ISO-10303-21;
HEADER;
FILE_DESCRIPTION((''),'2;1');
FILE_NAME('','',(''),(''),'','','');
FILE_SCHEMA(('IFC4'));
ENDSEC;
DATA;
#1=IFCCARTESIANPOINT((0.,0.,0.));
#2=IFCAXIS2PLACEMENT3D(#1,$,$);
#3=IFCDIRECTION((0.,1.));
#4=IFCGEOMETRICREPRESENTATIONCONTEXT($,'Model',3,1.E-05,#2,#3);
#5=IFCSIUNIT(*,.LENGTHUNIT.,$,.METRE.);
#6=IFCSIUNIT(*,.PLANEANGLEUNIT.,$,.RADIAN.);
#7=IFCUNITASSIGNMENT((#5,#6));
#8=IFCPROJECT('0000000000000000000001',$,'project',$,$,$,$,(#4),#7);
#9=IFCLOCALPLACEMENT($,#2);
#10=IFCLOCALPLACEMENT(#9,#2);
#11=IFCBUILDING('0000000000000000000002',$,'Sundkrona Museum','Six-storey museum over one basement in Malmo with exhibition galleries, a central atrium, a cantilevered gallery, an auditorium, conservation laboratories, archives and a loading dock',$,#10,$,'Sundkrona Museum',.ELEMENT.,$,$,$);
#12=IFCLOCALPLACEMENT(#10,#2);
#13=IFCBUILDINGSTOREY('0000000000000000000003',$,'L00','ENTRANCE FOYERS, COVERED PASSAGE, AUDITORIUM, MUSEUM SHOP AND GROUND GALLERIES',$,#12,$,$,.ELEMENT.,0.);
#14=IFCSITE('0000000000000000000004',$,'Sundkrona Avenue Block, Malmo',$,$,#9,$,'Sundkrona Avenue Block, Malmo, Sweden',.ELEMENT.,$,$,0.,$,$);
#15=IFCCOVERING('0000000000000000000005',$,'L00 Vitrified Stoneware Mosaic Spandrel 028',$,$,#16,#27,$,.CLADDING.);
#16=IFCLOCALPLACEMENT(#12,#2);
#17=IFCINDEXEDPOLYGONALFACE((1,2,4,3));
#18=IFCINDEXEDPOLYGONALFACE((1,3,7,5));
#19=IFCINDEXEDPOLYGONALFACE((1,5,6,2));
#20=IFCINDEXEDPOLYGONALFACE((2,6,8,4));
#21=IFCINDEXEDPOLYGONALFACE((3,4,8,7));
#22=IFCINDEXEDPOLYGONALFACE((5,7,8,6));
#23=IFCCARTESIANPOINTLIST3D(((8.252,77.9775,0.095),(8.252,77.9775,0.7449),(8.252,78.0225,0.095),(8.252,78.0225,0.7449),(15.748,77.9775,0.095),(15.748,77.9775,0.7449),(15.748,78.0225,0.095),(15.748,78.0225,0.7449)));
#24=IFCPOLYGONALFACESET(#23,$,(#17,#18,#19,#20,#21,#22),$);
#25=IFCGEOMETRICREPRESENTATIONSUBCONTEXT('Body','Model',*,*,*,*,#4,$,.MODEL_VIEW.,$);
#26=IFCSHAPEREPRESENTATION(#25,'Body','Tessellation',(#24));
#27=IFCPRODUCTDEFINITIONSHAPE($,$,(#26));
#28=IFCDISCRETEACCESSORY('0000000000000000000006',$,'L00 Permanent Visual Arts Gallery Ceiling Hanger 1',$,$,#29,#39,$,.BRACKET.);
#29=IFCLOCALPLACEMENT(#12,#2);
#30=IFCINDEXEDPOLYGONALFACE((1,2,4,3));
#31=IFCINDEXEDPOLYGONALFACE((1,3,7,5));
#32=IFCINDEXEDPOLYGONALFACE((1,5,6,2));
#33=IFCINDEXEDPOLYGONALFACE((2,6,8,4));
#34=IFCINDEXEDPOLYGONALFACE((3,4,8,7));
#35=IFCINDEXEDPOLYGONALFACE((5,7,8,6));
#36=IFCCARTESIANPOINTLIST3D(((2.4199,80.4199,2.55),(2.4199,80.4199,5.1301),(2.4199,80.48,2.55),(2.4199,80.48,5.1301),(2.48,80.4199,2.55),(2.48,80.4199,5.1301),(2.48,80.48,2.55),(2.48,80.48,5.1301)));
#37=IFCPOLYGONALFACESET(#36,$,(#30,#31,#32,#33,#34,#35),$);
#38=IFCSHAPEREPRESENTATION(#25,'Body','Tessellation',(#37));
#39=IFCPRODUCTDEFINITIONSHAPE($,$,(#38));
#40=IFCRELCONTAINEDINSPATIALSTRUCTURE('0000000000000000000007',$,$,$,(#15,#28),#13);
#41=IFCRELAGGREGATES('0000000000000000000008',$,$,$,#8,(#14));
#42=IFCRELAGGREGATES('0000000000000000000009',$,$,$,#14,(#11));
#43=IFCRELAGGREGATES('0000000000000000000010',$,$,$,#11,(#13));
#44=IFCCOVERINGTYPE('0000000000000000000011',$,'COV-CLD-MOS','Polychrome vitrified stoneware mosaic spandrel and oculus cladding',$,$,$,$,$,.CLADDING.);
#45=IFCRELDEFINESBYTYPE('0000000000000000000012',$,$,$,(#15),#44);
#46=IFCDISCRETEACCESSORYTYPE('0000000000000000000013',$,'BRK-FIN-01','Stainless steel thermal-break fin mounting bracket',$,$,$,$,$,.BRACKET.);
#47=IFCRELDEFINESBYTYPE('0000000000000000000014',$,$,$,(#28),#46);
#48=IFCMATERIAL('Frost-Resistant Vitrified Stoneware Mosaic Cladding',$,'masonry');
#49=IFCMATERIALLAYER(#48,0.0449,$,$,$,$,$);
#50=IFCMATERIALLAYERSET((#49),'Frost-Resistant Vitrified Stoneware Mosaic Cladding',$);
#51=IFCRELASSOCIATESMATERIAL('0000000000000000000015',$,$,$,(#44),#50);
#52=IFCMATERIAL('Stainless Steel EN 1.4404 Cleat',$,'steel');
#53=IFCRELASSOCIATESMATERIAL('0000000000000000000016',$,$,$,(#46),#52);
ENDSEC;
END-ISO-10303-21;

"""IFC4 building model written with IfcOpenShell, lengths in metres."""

from ifc_helpers import new_model, si_unit, direction, frame, origin, origin_2d, place, context, subcontext, project, spatial, rectangle, extrude, material, layer, layer_set, type_object, element, save


model = new_model("IFC4")

# Units and contexts
model_context = context("Model", 3, precision=1e-05, world=origin(), true_north=direction((0.0, 1.0)))
body_context = subcontext(model_context, "Body", "Model", "MODEL_VIEW")
ifc_project = project(units=[si_unit("LENGTHUNIT", "METRE"), si_unit("PLANEANGLEUNIT", "RADIAN")], contexts=[model_context])

# Site, building, storey
site_placement = place(None, origin())
site = spatial("IfcSite", under=ifc_project, at=site_placement, Name="Sundkrona Avenue Block, Malmo", LongName="Sundkrona Avenue Block, Malmo, Sweden", CompositionType="ELEMENT", RefElevation=0.0)
building_placement = place(site_placement, origin())
building = spatial("IfcBuilding", under=site, at=building_placement, Name="Sundkrona Museum", Description="Six-storey museum over one basement in Malmo with exhibition galleries, a central atrium, a cantilevered gallery, an auditorium, conservation laboratories, archives and a loading dock", LongName="Sundkrona Museum", CompositionType="ELEMENT")
storey_placement = place(building_placement, origin())
storey = spatial("IfcBuildingStorey", under=building, at=storey_placement, Name="L00", Description="ENTRANCE FOYERS, COVERED PASSAGE, AUDITORIUM, MUSEUM SHOP AND GROUND GALLERIES", CompositionType="ELEMENT", Elevation=0.0)

# Covering
ifc_material_1 = material(Name="Frost-Resistant Vitrified Stoneware Mosaic Cladding", Category="masonry")
ifc_layer_1 = layer(ifc_material_1, 0.0449)
ifc_layer_set_1 = layer_set([ifc_layer_1], Name="Frost-Resistant Vitrified Stoneware Mosaic Cladding")
covering_type = type_object("IfcCoveringType", Name="COV-CLD-MOS", Description="Polychrome vitrified stoneware mosaic spandrel and oculus cladding", PredefinedType="CLADDING", material=ifc_layer_set_1)
for number, where, z_axis, x_axis, name in (
    (1, (12.0, 78.0, 0.095), (0.0, 0.0, 1.0), (1.0, 0.0, 0.0), "L00 Vitrified Stoneware Mosaic Spandrel 028"),
):
    element("IfcCovering", number, at=place(storey_placement, frame(where, z_axis=z_axis, x_axis=x_axis)), inside=storey, type_object=covering_type, Name=name, PredefinedType="CLADDING", context=body_context, shape_type="SweptSolid", body=[
        extrude(rectangle(XDim=7.4961, YDim=0.0449, at=origin_2d()), origin(), (0.0, 0.0, 1.0), 0.6499),
    ])

# Discrete accessory
ifc_material_2 = material(Name="Stainless Steel EN 1.4404 Cleat", Category="steel")
discrete_accessory_type = type_object("IfcDiscreteAccessoryType", Name="BRK-FIN-01", Description="Stainless steel thermal-break fin mounting bracket", PredefinedType="BRACKET", material=ifc_material_2)
discrete_accessory_placement = place(storey_placement, frame((2.45, 80.45, 2.55), z_axis=(0.0, 0.0, 1.0), x_axis=(1.0, 0.0, 0.0)))
element("IfcDiscreteAccessory", 2, at=discrete_accessory_placement, inside=storey, type_object=discrete_accessory_type, Name="L00 Permanent Visual Arts Gallery Ceiling Hanger 1", PredefinedType="BRACKET", context=body_context, shape_type="SweptSolid", body=[
    extrude(rectangle(XDim=0.0601, YDim=0.0601, at=origin_2d()), origin(), (0.0, 0.0, 1.0), 2.5801),
])

save(model, "model.ifc")
